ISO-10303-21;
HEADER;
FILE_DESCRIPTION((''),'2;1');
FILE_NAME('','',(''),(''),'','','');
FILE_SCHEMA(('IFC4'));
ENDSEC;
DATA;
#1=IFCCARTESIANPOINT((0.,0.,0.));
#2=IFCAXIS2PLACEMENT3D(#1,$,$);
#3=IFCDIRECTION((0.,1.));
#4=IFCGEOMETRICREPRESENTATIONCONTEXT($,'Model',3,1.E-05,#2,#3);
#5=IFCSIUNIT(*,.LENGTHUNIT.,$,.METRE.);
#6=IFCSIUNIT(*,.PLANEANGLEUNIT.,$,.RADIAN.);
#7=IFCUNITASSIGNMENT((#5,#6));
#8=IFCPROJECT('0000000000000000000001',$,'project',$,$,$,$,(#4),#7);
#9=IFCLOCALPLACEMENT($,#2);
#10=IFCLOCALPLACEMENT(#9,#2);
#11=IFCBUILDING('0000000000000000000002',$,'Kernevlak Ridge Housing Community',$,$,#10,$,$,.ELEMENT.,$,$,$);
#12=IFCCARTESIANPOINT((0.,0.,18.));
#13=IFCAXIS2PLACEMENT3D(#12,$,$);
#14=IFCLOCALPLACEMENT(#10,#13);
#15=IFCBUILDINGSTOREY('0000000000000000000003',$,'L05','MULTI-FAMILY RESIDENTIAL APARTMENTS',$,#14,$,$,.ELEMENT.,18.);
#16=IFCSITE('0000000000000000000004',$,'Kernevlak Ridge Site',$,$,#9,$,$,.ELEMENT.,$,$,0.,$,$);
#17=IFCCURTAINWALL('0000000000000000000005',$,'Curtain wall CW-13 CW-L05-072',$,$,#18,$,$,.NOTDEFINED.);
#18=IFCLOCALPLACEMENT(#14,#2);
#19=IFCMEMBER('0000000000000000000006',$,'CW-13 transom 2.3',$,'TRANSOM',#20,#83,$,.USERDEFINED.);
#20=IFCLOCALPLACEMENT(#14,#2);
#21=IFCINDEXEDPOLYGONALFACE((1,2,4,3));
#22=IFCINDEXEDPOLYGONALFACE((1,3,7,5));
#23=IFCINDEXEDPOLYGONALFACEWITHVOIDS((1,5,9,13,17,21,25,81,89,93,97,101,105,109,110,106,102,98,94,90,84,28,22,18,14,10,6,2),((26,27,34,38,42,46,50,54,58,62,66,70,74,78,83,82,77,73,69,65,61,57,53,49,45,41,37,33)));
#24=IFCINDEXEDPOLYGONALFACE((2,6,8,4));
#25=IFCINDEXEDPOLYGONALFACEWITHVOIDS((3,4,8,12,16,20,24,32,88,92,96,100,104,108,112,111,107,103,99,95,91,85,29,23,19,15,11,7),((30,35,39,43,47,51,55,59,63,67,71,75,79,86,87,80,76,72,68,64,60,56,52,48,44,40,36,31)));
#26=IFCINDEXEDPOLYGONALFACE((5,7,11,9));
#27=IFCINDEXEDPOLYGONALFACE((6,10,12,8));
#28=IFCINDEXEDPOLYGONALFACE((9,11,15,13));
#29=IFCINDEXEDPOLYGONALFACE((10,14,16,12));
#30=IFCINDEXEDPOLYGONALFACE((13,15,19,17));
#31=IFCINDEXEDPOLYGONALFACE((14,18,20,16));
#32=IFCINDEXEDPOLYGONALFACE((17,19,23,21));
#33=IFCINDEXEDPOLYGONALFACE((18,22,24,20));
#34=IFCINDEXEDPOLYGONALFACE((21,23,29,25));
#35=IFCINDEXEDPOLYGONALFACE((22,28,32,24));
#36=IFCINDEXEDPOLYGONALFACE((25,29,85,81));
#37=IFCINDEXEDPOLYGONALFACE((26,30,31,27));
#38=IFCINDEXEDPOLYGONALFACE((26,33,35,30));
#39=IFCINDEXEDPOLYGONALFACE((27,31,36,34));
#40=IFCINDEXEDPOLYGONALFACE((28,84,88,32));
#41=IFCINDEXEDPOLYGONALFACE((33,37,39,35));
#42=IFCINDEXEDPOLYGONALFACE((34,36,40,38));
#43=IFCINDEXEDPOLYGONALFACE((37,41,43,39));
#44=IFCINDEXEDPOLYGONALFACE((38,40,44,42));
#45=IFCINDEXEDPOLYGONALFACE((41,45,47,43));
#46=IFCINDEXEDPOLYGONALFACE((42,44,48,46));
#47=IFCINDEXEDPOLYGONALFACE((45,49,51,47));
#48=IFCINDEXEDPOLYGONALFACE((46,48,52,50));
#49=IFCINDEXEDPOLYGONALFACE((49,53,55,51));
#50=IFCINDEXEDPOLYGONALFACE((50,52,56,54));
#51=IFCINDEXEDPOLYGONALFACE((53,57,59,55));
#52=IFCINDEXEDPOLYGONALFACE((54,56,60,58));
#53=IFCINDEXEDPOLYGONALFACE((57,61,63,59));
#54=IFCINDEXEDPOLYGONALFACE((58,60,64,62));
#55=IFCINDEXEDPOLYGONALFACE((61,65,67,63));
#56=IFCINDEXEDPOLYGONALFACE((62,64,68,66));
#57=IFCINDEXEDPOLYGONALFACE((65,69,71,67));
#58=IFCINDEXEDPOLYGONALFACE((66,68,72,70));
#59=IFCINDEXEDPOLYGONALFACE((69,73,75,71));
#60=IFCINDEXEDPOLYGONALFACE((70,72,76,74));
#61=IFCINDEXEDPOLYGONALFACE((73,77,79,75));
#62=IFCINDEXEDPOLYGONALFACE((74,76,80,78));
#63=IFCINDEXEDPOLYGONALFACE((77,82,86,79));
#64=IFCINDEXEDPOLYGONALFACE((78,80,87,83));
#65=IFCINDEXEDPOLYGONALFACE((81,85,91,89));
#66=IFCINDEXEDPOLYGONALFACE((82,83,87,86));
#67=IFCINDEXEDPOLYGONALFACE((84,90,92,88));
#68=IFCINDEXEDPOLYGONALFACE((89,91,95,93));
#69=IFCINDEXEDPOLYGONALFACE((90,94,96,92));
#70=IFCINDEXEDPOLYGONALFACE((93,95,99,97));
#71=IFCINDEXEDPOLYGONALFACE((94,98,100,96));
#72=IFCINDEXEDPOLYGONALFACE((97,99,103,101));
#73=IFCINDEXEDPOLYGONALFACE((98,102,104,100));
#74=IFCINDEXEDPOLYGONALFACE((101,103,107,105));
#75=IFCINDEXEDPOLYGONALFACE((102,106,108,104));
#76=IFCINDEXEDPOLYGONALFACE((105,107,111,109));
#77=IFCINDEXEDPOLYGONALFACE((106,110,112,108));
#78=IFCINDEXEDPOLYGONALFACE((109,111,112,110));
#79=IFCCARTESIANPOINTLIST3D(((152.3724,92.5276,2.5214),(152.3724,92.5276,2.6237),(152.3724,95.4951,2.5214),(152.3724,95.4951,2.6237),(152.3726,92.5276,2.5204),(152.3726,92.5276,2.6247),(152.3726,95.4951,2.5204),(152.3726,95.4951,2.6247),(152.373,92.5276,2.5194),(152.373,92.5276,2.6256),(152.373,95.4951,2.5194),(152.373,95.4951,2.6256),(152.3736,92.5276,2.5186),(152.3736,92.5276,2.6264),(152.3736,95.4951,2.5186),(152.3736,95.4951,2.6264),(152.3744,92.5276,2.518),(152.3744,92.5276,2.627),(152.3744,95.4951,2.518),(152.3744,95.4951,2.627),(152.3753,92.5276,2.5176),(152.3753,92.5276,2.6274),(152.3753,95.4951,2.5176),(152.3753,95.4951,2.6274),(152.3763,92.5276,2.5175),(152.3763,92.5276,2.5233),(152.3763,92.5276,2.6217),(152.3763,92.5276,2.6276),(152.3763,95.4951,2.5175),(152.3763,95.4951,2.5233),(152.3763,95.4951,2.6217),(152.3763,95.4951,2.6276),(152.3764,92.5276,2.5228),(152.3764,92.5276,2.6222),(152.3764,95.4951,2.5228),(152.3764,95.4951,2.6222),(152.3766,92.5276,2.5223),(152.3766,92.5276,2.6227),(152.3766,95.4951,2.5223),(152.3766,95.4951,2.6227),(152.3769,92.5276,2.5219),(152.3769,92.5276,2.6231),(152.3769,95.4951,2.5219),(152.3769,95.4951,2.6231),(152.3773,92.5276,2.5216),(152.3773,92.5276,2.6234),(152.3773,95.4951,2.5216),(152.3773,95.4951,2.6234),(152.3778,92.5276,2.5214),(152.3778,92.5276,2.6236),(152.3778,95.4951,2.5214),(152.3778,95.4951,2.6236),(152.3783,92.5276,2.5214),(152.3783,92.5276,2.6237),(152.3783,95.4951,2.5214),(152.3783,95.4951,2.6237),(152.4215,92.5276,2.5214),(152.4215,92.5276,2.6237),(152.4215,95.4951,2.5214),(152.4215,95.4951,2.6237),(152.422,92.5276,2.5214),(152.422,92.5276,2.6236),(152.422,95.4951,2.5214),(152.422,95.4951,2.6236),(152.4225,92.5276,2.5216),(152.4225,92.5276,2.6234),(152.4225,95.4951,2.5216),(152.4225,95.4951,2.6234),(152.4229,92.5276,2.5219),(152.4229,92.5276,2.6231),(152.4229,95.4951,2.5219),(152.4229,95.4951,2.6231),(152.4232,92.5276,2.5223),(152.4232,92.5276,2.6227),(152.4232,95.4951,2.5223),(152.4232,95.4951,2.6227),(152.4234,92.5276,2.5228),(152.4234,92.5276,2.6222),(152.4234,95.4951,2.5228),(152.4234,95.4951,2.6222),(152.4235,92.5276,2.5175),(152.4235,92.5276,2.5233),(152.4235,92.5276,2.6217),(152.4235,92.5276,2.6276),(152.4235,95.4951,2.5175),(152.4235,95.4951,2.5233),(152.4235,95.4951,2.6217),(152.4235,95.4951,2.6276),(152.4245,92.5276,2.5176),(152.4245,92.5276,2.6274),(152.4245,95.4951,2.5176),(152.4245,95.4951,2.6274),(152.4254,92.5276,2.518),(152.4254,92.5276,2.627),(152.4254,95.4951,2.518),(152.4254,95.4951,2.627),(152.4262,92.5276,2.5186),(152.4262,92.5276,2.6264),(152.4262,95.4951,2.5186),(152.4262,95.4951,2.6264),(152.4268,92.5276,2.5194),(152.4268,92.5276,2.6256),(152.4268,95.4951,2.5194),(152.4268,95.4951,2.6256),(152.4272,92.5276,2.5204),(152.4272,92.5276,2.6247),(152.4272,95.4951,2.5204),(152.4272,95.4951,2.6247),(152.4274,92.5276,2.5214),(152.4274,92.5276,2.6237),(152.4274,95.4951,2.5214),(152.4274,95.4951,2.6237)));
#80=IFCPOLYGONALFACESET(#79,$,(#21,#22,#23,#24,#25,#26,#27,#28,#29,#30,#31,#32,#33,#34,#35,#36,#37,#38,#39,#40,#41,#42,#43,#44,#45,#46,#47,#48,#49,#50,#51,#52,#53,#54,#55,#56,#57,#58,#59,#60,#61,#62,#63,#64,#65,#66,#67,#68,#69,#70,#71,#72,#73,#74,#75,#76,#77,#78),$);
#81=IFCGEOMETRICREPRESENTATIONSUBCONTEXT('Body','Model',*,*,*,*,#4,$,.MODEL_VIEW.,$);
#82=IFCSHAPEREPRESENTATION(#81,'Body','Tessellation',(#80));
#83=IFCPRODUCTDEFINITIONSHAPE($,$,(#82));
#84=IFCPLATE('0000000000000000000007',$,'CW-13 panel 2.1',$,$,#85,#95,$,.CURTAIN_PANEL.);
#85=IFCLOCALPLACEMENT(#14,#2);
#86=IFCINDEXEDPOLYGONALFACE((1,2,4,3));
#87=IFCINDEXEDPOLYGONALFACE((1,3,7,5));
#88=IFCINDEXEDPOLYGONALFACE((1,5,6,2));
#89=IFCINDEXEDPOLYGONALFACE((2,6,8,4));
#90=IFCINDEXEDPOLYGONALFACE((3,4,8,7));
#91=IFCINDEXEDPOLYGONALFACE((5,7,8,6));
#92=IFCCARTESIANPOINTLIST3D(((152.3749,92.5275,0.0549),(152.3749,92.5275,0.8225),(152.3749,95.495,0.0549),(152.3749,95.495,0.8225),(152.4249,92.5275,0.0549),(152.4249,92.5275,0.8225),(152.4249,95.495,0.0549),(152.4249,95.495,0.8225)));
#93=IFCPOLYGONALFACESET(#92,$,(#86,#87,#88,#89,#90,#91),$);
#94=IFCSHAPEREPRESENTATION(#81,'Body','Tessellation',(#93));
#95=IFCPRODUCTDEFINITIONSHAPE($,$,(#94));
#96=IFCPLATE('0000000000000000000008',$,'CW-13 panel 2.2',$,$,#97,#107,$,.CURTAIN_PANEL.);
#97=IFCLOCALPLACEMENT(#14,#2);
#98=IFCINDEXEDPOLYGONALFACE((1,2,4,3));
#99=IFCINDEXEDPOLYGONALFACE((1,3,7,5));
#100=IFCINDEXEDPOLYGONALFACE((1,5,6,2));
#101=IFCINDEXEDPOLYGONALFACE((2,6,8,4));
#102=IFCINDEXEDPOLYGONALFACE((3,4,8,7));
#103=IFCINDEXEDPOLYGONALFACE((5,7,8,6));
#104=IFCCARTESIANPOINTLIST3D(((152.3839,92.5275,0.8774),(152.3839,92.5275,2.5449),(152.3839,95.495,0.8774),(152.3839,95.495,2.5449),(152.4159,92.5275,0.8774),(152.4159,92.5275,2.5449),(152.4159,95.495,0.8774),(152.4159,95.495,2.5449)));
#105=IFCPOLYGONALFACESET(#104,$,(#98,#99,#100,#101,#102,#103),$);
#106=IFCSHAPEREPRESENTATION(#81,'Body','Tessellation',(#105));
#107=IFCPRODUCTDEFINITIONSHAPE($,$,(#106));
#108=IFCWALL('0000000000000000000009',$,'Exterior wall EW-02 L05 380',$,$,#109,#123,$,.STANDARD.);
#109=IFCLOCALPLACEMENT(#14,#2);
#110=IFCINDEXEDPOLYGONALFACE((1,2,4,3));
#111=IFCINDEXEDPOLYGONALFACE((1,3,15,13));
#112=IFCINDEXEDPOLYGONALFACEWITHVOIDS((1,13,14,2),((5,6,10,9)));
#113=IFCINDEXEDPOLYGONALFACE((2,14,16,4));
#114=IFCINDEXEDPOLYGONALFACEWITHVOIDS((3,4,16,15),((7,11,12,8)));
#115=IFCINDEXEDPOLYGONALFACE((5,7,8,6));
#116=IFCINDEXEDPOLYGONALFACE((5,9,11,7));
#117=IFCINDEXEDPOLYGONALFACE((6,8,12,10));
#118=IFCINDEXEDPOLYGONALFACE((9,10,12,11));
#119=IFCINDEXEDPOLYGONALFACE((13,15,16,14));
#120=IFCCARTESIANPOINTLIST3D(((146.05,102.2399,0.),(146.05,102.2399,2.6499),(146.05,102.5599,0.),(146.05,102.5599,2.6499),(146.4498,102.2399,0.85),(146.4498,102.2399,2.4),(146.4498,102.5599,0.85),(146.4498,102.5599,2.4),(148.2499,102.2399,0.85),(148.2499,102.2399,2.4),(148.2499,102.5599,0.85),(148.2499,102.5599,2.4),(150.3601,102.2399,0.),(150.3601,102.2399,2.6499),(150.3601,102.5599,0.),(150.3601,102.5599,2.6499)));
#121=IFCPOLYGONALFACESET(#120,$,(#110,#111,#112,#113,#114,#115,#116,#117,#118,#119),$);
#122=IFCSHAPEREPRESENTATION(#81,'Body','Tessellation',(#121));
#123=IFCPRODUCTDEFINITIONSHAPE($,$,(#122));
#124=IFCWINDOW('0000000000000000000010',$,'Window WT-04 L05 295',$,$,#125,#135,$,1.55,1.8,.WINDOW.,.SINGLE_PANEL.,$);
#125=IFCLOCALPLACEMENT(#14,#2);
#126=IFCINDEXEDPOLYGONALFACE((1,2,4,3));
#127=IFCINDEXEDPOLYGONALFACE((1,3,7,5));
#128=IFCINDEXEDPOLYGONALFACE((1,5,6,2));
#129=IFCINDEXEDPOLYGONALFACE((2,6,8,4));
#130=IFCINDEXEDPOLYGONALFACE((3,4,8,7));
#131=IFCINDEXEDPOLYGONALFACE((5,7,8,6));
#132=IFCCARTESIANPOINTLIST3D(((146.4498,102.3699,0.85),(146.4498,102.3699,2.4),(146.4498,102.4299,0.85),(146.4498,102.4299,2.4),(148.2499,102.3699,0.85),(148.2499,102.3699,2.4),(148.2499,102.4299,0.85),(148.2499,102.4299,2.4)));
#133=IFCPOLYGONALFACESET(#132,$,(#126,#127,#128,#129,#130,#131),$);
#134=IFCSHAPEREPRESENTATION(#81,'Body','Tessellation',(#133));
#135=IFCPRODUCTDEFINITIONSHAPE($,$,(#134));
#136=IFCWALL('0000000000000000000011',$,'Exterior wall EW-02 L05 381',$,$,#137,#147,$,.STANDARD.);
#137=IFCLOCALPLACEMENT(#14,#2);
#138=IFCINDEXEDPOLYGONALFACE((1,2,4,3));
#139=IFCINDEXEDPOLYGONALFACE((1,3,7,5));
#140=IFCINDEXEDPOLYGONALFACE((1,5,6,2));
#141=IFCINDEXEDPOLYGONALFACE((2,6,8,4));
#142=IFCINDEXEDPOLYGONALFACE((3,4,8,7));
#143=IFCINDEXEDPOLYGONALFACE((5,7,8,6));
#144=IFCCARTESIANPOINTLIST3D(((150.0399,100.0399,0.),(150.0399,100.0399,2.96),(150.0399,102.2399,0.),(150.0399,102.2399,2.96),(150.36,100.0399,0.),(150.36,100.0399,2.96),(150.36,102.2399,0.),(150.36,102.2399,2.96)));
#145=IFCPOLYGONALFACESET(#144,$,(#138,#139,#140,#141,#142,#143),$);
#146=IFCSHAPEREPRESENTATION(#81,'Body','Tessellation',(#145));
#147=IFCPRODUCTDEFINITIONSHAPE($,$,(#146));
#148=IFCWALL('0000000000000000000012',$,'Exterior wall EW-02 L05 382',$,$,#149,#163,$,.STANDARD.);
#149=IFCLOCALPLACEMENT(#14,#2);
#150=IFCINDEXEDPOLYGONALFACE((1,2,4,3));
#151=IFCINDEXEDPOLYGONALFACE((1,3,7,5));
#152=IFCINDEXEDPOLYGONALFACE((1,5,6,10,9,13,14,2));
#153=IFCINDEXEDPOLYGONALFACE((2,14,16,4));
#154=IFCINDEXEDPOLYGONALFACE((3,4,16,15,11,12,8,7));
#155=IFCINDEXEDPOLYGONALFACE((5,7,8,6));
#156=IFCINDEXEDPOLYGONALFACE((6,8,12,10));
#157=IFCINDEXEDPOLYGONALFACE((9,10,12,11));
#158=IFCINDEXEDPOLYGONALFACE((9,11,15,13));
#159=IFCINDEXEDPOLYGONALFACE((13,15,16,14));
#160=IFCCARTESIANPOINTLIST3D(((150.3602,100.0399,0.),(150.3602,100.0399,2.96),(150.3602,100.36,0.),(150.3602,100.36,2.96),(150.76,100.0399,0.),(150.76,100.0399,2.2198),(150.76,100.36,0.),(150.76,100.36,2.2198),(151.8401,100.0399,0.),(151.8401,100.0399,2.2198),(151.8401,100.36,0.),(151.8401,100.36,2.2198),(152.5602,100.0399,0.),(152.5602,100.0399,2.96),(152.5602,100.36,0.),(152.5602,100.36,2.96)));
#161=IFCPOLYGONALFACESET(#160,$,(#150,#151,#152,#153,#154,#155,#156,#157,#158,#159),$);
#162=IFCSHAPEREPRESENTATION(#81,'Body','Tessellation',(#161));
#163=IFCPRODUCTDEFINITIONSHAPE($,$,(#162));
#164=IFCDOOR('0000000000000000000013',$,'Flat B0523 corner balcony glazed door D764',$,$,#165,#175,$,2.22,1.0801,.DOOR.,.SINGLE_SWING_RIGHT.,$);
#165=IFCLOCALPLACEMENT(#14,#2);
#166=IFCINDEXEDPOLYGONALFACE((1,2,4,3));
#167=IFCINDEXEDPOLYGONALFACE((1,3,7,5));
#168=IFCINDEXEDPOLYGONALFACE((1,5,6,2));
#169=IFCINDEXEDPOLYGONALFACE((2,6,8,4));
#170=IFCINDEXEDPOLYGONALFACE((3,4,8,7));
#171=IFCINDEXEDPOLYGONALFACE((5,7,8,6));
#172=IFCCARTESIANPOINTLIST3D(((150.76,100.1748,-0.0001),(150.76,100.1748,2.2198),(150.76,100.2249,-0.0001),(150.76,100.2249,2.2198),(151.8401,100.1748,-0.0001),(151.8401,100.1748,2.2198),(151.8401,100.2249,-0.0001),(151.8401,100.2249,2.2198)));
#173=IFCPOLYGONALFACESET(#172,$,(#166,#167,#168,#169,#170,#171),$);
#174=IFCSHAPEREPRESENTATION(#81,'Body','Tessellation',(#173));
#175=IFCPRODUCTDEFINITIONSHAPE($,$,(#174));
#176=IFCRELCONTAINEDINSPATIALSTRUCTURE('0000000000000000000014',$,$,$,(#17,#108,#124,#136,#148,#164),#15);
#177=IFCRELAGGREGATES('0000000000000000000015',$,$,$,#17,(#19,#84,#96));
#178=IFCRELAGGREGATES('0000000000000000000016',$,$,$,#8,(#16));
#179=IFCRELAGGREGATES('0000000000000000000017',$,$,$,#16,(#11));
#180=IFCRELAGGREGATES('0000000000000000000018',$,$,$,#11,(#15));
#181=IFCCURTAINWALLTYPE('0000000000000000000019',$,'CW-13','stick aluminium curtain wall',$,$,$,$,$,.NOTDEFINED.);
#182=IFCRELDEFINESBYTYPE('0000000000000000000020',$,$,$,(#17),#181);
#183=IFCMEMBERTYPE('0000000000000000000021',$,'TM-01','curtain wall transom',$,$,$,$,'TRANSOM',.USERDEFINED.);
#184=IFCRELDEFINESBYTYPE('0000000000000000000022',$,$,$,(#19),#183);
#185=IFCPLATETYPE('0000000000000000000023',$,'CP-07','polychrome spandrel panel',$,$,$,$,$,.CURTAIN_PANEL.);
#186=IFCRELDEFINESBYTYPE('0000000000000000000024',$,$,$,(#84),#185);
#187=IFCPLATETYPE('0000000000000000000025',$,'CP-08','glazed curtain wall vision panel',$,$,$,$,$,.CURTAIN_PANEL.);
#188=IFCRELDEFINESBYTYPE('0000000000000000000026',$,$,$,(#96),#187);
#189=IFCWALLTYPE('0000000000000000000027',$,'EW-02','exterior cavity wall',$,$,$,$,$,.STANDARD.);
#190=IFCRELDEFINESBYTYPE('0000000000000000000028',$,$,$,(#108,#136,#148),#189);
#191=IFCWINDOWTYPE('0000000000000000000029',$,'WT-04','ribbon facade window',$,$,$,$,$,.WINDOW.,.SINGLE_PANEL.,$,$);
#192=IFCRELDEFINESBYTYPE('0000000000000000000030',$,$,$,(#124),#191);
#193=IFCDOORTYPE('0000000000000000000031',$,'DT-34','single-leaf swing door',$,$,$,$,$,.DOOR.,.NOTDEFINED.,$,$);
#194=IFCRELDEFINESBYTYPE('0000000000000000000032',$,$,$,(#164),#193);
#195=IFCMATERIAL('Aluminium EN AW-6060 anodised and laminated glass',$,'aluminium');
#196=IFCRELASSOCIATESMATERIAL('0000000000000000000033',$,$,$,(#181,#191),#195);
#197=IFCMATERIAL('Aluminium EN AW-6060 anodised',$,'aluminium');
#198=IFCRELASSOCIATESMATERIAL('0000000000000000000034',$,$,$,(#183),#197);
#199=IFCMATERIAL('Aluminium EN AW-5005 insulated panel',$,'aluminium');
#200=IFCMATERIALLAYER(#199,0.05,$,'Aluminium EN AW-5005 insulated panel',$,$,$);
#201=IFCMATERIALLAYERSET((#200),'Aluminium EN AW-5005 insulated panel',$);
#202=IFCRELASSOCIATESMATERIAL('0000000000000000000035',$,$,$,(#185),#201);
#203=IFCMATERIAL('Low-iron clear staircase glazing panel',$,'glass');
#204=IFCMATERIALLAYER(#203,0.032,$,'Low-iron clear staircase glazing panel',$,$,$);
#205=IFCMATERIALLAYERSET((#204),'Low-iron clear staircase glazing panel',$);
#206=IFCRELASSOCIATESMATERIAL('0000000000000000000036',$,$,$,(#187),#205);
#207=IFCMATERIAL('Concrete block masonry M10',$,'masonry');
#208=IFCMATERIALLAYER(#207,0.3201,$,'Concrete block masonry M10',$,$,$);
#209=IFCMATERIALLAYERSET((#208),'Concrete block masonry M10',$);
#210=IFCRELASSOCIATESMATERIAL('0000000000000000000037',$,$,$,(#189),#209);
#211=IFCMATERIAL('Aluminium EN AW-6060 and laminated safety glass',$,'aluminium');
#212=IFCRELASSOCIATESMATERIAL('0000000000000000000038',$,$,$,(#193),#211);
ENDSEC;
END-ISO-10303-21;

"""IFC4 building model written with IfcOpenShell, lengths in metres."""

from ifc_helpers import new_model, si_unit, direction, frame, frame_2d, origin, origin_2d, place, context, subcontext, project, spatial, rectangle, hollow_rectangle, extrude, material, layer, layer_set, material_profile, profile_set, type_object, element, fill, aggregate, save


model = new_model("IFC4")

# Units and contexts
model_context = context("Model", 3, precision=1e-05, world=origin(), true_north=direction((0.0, 1.0)))
body_context = subcontext(model_context, "Body", "Model", "MODEL_VIEW")
ifc_project = project(units=[si_unit("LENGTHUNIT", "METRE"), si_unit("PLANEANGLEUNIT", "RADIAN")], contexts=[model_context])

# Site, building, storey
site_placement = place(None, origin())
site = spatial("IfcSite", under=ifc_project, at=site_placement, Name="Kernevlak Ridge Site", CompositionType="ELEMENT", RefElevation=0.0)
building_placement = place(site_placement, origin())
building = spatial("IfcBuilding", under=site, at=building_placement, Name="Kernevlak Ridge Housing Community", CompositionType="ELEMENT")
storey_placement = place(building_placement, frame((0.0, 0.0, 18.0)))
storey = spatial("IfcBuildingStorey", under=building, at=storey_placement, Name="L05", Description="MULTI-FAMILY RESIDENTIAL APARTMENTS", CompositionType="ELEMENT", Elevation=18.0)

# Curtain wall
ifc_material_1 = material(Name="Aluminium EN AW-6060 anodised and laminated glass", Category="aluminium")
curtain_wall_type = type_object("IfcCurtainWallType", Name="CW-13", Description="stick aluminium curtain wall", PredefinedType="NOTDEFINED", material=ifc_material_1)
curtain_wall_placement = place(storey_placement, origin())
curtain_wall = element("IfcCurtainWall", 1, at=curtain_wall_placement, inside=storey, type_object=curtain_wall_type, Name="Curtain wall CW-13 CW-L05-072", PredefinedType="NOTDEFINED")
ifc_material_2 = material(Name="Aluminium EN AW-6060 anodised", Category="aluminium")

# Member
ifc_material_profile_1 = material_profile(ifc_material_2, hollow_rectangle(XDim=0.0549, YDim=0.1101, WallThickness=0.0039, InnerFilletRadius=0.002, OuterFilletRadius=0.0039, at=origin_2d()), Name="ALU 55x110x4")
ifc_profile_set_1 = profile_set([ifc_material_profile_1], Name="Aluminium EN AW-6060 anodised")
member_type_1 = type_object("IfcMemberType", Name="TM-01", Description="curtain wall transom", ElementType="TRANSOM", PredefinedType="USERDEFINED", material=ifc_profile_set_1)
member_1_placement = place(storey_placement, frame((152.3999, 92.5276, 2.5725), z_axis=(0.0, 1.0, 0.0), x_axis=(-1.0, 0.0, 0.0)))
member_1 = element("IfcMember", 2, at=member_1_placement, type_object=member_type_1, Name="CW-13 transom 2.3", ObjectType="TRANSOM", PredefinedType="USERDEFINED", context=body_context, shape_type="SweptSolid", body=[
    extrude(hollow_rectangle(XDim=0.0549, YDim=0.1101, WallThickness=0.0039, InnerFilletRadius=0.002, OuterFilletRadius=0.0039, at=origin_2d()), origin(), (0.0, 0.0, 1.0), 2.9675),
])

# Plates
ifc_material_3 = material(Name="Aluminium EN AW-5005 insulated panel", Category="aluminium")
ifc_layer_1 = layer(ifc_material_3, 0.05, Name="Aluminium EN AW-5005 insulated panel")
ifc_layer_set_1 = layer_set([ifc_layer_1], Name="Aluminium EN AW-5005 insulated panel")
plate_type_1 = type_object("IfcPlateType", Name="CP-07", Description="polychrome spandrel panel", PredefinedType="CURTAIN_PANEL", material=ifc_layer_set_1)
plate_1_placement = place(storey_placement, frame((152.3999, 94.0112, 0.0549), z_axis=(0.0, 0.0, 1.0), x_axis=(0.0, 1.0, 0.0)))
plate_1 = element("IfcPlate", 3, at=plate_1_placement, type_object=plate_type_1, Name="CW-13 panel 2.1", PredefinedType="CURTAIN_PANEL", context=body_context, shape_type="SweptSolid", body=[
    extrude(rectangle(XDim=2.9675, YDim=0.05, at=origin_2d()), origin(), (0.0, 0.0, 1.0), 0.7676),
])
ifc_material_4 = material(Name="Low-iron clear staircase glazing panel", Category="glass")
ifc_layer_2 = layer(ifc_material_4, 0.032, Name="Low-iron clear staircase glazing panel")
ifc_layer_set_2 = layer_set([ifc_layer_2], Name="Low-iron clear staircase glazing panel")
plate_type_2 = type_object("IfcPlateType", Name="CP-08", Description="glazed curtain wall vision panel", PredefinedType="CURTAIN_PANEL", material=ifc_layer_set_2)
plate_2_placement = place(storey_placement, frame((152.3999, 94.0112, 0.8774), z_axis=(0.0, 0.0, 1.0), x_axis=(0.0, 1.0, 0.0)))
plate_2 = element("IfcPlate", 4, at=plate_2_placement, type_object=plate_type_2, Name="CW-13 panel 2.2", PredefinedType="CURTAIN_PANEL", context=body_context, shape_type="SweptSolid", body=[
    extrude(rectangle(XDim=2.9675, YDim=0.032, at=origin_2d()), origin(), (0.0, 0.0, 1.0), 1.6675),
])
aggregate(curtain_wall, [member_1, plate_1, plate_2])

# Wall, opening, window
ifc_material_5 = material(Name="Concrete block masonry M10", Category="masonry")
ifc_layer_3 = layer(ifc_material_5, 0.3201, Name="Concrete block masonry M10")
ifc_layer_set_3 = layer_set([ifc_layer_3], Name="Concrete block masonry M10")
wall_type_1 = type_object("IfcWallType", Name="EW-02", Description="exterior cavity wall", PredefinedType="STANDARD", material=ifc_layer_set_3)
wall_1_placement = place(storey_placement, frame((146.05, 102.3999, 0.0), z_axis=(0.0, 0.0, 1.0), x_axis=(1.0, 0.0, 0.0)))
wall_1 = element("IfcWall", 5, at=wall_1_placement, inside=storey, type_object=wall_type_1, Name="Exterior wall EW-02 L05 380", PredefinedType="STANDARD", context=body_context, shape_type="SweptSolid", body=[
    extrude(rectangle(XDim=4.3101, YDim=0.3201, at=frame_2d((2.155, 0.0))), origin(), (0.0, 0.0, 1.0), 2.6499),
])
opening_1_placement = place(wall_1_placement, frame((0.3999, 0.0, 0.8501)))
opening_1 = element("IfcOpeningElement", 6, at=opening_1_placement, cuts=wall_1, PredefinedType="OPENING", context=body_context, shape_type="SweptSolid", body=[
    extrude(rectangle(XDim=1.8, YDim=1.55, at=frame_2d((0.8999, 0.7749))), frame((0.0, 0.1699, 0.0), z_axis=(0.0, -1.0, 0.0), x_axis=(1.0, 0.0, 0.0)), (0.0, 0.0, 1.0), 0.3401),
])
window_type = type_object("IfcWindowType", Name="WT-04", Description="ribbon facade window", PartitioningType="SINGLE_PANEL", PredefinedType="WINDOW", material=ifc_material_1)
window_placement = place(opening_1_placement, origin())
window = element("IfcWindow", 7, at=window_placement, inside=storey, type_object=window_type, Name="Window WT-04 L05 295", OverallHeight=1.55, OverallWidth=1.8, PartitioningType="SINGLE_PANEL", PredefinedType="WINDOW", context=body_context, shape_type="SweptSolid", body=[
    extrude(rectangle(XDim=1.8, YDim=1.55, at=frame_2d((0.8999, 0.7749))), frame((0.0, 0.03, 0.0), z_axis=(0.0, -1.0, 0.0), x_axis=(1.0, 0.0, 0.0)), (0.0, 0.0, 1.0), 0.0601),
])
fill(opening_1, window)

# Wall
wall_2_placement = place(storey_placement, frame((150.2, 102.24, 0.0), z_axis=(0.0, 0.0, 1.0), x_axis=(0.0, -1.0, 0.0)))
element("IfcWall", 8, at=wall_2_placement, inside=storey, type_object=wall_type_1, Name="Exterior wall EW-02 L05 381", PredefinedType="STANDARD", context=body_context, shape_type="SweptSolid", body=[
    extrude(rectangle(XDim=2.2, YDim=0.3201, at=frame_2d((1.1001, 0.0))), origin(), (0.0, 0.0, 1.0), 2.96),
])

# Wall, opening, door
wall_3_placement = place(storey_placement, frame((150.3601, 100.2, 0.0), z_axis=(0.0, 0.0, 1.0), x_axis=(1.0, 0.0, 0.0)))
wall_3 = element("IfcWall", 9, at=wall_3_placement, inside=storey, type_object=wall_type_1, Name="Exterior wall EW-02 L05 382", PredefinedType="STANDARD", context=body_context, shape_type="SweptSolid", body=[
    extrude(rectangle(XDim=2.2, YDim=0.3201, at=frame_2d((1.1001, 0.0))), origin(), (0.0, 0.0, 1.0), 2.96),
])
opening_2_placement = place(wall_3_placement, frame((0.3999, 0.0, 0.0)))
opening_2 = element("IfcOpeningElement", 10, at=opening_2_placement, cuts=wall_3, PredefinedType="OPENING", context=body_context, shape_type="SweptSolid", body=[
    extrude(rectangle(XDim=1.0801, YDim=2.22, at=frame_2d((0.54, 1.1099))), frame((0.0, 0.1699, 0.0), z_axis=(0.0, -1.0, 0.0), x_axis=(1.0, 0.0, 0.0)), (0.0, 0.0, 1.0), 0.3401),
])
ifc_material_6 = material(Name="Aluminium EN AW-6060 and laminated safety glass", Category="aluminium")
door_type_1 = type_object("IfcDoorType", Name="DT-34", Description="single-leaf swing door", OperationType="NOTDEFINED", PredefinedType="DOOR", material=ifc_material_6)
door_1_placement = place(opening_2_placement, origin())
door_1 = element("IfcDoor", 11, at=door_1_placement, inside=storey, type_object=door_type_1, Name="Flat B0523 corner balcony glazed door D764", OperationType="SINGLE_SWING_RIGHT", OverallHeight=2.22, OverallWidth=1.0801, PredefinedType="DOOR", context=body_context, shape_type="SweptSolid", body=[
    extrude(rectangle(XDim=1.0801, YDim=2.22, at=frame_2d((0.54, 1.1099))), frame((0.0, 0.0249, 0.0), z_axis=(0.0, -1.0, 0.0), x_axis=(1.0, 0.0, 0.0)), (0.0, 0.0, 1.0), 0.05),
])
fill(opening_2, door_1)

save(model, "model.ifc")
